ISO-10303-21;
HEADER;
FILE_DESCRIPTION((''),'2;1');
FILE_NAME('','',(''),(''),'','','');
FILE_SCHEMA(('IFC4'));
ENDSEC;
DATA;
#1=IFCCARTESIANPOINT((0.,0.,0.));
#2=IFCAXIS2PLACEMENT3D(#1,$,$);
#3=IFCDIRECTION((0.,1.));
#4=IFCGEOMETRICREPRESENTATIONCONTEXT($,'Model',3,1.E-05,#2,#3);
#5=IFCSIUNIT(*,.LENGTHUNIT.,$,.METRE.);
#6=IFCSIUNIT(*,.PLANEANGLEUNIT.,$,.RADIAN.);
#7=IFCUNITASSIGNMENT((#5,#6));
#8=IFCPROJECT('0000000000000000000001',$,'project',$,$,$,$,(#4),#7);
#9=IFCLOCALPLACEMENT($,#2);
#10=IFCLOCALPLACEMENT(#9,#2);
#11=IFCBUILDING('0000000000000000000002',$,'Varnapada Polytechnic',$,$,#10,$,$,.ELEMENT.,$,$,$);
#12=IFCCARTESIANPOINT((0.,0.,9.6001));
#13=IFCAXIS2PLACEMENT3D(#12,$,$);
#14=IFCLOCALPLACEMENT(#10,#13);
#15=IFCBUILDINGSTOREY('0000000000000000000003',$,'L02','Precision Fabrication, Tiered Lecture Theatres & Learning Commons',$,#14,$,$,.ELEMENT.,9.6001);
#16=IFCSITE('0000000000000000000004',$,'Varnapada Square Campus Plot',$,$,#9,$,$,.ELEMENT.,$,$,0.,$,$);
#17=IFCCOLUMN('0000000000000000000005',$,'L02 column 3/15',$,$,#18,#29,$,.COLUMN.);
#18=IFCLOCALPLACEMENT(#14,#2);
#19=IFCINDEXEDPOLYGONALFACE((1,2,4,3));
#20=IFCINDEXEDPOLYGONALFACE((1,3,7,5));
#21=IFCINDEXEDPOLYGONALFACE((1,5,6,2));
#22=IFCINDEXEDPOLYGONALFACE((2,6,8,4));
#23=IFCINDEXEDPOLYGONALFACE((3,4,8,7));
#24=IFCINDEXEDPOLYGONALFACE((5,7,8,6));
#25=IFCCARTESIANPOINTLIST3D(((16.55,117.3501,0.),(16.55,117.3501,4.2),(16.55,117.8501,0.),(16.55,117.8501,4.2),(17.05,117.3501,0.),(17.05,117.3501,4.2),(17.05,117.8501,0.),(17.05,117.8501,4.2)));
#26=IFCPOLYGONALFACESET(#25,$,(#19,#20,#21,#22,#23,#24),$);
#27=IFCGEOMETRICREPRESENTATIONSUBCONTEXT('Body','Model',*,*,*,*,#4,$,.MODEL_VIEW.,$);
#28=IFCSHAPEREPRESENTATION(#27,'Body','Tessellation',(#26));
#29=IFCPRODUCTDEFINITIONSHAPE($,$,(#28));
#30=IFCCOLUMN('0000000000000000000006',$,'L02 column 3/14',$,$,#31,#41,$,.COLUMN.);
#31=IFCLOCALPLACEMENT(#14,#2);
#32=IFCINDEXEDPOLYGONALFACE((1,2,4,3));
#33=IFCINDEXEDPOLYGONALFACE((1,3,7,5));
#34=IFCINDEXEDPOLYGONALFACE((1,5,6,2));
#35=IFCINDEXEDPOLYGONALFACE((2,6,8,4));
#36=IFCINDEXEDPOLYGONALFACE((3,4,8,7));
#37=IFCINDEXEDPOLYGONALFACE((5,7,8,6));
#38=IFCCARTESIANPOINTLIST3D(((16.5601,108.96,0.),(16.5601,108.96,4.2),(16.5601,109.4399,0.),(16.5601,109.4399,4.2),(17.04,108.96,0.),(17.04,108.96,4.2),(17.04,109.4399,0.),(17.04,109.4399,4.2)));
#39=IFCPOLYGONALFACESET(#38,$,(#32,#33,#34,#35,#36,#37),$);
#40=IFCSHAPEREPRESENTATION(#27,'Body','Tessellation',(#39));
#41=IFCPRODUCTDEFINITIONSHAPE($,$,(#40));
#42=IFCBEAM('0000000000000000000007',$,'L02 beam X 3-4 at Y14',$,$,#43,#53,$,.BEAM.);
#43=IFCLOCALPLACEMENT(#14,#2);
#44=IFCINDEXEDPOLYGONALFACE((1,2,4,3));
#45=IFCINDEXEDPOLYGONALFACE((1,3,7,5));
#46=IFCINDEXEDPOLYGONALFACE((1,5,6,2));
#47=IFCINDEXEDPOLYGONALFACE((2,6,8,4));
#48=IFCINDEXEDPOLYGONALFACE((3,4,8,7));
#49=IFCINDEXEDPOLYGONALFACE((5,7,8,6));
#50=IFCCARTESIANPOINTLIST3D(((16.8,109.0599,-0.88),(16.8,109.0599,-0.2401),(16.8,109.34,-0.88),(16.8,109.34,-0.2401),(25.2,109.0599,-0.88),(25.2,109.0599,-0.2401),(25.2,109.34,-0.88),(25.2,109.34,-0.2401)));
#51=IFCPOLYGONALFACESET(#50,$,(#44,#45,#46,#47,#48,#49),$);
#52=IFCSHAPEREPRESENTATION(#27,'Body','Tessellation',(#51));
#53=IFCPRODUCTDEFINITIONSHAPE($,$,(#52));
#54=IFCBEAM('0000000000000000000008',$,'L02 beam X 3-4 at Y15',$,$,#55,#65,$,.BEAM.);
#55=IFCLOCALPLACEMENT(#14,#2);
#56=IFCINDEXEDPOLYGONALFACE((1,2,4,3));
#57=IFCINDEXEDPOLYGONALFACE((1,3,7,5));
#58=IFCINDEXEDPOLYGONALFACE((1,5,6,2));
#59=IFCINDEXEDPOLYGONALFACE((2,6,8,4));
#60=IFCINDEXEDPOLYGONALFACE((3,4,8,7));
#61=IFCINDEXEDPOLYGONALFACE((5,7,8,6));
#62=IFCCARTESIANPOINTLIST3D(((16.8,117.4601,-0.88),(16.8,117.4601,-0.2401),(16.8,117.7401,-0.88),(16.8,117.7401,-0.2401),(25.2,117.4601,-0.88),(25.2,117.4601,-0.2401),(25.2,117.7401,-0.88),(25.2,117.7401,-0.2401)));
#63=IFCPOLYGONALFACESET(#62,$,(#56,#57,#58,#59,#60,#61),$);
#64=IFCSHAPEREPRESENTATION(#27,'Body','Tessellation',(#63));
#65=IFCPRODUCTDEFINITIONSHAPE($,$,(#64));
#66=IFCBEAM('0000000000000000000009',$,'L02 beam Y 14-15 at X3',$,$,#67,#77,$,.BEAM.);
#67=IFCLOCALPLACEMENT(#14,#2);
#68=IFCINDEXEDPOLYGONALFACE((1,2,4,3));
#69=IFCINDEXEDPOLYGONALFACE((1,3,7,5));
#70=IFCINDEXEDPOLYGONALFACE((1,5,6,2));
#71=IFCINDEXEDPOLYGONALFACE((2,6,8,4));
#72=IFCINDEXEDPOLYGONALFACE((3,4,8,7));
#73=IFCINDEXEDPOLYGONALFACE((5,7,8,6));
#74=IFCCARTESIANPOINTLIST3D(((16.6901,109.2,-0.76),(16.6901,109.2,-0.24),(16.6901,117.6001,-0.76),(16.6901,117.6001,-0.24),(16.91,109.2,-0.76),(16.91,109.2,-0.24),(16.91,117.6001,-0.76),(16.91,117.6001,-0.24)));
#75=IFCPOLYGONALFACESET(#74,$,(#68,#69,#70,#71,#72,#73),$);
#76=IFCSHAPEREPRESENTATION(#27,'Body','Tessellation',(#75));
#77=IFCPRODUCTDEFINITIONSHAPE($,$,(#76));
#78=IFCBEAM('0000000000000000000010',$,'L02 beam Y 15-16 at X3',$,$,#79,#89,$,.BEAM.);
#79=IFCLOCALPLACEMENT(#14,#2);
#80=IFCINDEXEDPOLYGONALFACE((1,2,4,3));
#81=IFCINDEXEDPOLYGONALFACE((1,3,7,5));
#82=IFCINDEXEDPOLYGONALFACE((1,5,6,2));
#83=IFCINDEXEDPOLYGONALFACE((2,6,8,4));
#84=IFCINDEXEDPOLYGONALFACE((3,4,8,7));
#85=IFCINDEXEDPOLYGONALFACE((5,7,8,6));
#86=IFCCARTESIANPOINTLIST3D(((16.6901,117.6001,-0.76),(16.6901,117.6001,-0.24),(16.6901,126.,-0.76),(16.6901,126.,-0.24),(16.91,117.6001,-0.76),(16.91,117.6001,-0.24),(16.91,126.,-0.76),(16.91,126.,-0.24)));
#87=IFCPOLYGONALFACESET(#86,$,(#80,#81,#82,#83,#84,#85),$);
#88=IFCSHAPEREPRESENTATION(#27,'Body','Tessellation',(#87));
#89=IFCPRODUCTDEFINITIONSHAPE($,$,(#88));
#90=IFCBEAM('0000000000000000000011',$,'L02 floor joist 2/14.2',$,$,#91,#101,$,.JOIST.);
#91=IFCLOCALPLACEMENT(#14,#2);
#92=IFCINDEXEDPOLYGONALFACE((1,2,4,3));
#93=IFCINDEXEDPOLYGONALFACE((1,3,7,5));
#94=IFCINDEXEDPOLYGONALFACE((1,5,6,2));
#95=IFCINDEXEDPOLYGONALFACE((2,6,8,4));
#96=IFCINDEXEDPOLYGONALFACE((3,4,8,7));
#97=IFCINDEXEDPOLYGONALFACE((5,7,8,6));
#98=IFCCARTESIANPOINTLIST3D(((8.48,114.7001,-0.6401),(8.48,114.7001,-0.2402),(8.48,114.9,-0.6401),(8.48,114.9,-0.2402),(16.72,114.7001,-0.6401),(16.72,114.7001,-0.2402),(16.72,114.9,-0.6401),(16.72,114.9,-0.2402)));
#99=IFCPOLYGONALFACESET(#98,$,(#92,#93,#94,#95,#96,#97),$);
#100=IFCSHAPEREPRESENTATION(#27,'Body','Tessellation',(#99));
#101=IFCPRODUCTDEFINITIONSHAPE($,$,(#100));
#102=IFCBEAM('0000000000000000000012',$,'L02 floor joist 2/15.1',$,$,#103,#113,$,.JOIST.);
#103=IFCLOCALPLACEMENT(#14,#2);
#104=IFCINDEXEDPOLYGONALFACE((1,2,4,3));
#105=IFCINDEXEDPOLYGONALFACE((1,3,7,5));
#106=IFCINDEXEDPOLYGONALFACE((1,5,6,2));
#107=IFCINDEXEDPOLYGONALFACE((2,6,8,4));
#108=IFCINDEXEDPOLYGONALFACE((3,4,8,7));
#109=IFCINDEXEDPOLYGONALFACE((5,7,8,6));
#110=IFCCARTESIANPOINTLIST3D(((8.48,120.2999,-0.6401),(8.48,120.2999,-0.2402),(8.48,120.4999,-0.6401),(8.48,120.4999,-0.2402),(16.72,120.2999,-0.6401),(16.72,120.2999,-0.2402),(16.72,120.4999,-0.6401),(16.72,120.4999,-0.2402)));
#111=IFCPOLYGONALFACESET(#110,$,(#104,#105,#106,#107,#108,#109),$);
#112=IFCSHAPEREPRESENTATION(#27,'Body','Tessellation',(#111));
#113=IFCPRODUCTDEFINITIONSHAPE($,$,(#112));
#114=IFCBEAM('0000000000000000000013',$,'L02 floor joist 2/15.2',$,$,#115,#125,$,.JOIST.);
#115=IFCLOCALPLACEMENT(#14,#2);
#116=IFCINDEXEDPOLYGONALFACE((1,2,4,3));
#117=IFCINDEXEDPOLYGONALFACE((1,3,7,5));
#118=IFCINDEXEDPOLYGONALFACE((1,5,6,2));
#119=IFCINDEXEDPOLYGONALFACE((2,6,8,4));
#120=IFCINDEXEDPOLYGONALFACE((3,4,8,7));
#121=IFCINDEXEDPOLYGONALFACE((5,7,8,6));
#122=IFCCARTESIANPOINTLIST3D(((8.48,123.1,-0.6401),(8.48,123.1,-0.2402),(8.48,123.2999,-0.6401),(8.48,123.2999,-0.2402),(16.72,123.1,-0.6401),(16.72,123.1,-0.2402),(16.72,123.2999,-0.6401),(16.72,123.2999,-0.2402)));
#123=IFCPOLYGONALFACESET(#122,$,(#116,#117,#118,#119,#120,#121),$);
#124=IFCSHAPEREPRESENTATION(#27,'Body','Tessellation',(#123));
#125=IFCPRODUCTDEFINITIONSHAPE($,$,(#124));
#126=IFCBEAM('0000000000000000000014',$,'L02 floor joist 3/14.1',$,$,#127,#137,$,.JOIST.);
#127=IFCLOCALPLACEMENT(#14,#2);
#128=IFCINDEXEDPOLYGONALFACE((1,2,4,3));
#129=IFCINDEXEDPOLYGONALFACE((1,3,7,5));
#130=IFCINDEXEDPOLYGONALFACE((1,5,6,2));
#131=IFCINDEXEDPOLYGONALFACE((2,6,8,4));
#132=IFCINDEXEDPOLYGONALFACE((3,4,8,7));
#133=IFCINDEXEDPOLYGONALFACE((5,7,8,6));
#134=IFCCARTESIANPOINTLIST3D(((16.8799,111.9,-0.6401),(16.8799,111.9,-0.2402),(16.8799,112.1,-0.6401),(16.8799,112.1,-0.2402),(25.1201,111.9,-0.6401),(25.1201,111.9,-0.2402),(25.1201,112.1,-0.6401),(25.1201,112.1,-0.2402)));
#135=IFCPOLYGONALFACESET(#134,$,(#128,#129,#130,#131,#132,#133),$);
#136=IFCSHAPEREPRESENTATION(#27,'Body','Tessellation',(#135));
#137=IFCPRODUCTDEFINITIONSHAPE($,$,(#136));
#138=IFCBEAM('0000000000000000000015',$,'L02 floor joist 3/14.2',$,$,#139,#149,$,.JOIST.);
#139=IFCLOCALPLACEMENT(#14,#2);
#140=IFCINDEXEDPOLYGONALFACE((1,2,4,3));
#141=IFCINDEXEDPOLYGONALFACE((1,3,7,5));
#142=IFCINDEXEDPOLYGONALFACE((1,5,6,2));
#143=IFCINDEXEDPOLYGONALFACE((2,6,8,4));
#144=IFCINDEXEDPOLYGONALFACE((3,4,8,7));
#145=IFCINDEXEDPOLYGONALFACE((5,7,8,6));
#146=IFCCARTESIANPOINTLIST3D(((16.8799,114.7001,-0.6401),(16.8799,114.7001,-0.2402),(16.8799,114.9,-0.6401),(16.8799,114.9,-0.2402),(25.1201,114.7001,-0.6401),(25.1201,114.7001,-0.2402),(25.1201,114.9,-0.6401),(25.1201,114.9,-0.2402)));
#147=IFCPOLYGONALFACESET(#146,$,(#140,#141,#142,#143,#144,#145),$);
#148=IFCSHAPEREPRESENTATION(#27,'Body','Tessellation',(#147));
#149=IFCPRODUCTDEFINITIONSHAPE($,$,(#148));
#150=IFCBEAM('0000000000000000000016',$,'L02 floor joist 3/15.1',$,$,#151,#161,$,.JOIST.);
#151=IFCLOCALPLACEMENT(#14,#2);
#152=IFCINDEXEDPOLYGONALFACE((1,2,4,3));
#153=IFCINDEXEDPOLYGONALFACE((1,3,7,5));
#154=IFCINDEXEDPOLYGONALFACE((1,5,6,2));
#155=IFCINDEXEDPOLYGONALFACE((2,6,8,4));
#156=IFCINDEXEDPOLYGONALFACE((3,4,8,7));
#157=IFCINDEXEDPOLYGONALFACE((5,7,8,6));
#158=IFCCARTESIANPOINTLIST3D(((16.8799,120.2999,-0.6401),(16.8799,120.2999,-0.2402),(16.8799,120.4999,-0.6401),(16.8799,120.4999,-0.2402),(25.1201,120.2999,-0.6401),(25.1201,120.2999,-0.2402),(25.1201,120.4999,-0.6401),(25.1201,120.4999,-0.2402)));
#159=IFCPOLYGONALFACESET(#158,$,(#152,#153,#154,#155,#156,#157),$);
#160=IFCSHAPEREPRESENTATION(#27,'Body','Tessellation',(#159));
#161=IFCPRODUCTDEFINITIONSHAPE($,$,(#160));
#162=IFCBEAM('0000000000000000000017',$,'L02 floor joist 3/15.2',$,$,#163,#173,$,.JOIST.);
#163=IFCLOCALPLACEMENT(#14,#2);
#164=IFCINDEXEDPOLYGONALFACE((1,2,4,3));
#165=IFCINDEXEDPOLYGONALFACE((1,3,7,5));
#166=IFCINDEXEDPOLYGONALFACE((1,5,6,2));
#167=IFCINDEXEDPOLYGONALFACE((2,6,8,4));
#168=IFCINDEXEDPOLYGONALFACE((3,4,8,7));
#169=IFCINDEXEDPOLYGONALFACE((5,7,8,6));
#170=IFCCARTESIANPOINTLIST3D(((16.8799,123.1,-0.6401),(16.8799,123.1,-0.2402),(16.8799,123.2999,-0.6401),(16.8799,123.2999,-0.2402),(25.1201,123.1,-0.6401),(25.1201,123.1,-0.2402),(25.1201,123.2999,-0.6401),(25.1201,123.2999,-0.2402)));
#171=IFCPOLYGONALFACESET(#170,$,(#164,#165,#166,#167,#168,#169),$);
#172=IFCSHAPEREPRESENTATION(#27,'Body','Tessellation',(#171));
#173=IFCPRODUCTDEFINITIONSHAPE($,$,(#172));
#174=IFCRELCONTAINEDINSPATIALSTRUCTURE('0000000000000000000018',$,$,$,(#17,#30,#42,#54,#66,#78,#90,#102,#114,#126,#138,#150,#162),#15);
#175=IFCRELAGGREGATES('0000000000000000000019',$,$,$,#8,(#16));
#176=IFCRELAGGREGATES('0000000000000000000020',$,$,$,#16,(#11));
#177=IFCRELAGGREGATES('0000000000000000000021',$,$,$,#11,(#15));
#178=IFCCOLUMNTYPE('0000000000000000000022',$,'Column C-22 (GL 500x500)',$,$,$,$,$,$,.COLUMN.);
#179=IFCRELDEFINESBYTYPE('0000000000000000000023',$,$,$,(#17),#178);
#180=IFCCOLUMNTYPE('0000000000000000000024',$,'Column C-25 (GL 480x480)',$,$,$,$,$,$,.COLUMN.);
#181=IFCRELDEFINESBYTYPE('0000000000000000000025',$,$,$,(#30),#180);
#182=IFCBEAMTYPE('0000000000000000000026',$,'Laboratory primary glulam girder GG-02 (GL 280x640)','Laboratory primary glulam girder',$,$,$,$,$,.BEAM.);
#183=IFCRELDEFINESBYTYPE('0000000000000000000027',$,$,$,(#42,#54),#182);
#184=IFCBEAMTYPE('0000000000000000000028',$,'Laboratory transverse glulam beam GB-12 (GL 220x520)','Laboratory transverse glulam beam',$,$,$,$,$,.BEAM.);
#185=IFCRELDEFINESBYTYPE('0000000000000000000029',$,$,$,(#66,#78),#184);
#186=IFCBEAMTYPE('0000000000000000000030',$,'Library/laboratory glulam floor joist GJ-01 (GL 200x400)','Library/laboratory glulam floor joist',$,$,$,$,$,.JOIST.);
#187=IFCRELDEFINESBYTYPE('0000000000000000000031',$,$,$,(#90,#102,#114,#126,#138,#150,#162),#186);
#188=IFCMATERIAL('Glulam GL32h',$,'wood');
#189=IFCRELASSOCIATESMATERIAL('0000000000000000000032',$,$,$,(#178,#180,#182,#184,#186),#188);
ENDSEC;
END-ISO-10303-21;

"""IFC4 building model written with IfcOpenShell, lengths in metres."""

from ifc_helpers import new_model, si_unit, direction, frame, origin, origin_2d, place, context, subcontext, project, spatial, rectangle, extrude, material, material_profile, profile_set, type_object, element, save


model = new_model("IFC4")

# Units and contexts
model_context = context("Model", 3, precision=1e-05, world=origin(), true_north=direction((0.0, 1.0)))
body_context = subcontext(model_context, "Body", "Model", "MODEL_VIEW")
ifc_project = project(units=[si_unit("LENGTHUNIT", "METRE"), si_unit("PLANEANGLEUNIT", "RADIAN")], contexts=[model_context])

# Site, building, storey
site_placement = place(None, origin())
site = spatial("IfcSite", under=ifc_project, at=site_placement, Name="Varnapada Square Campus Plot", CompositionType="ELEMENT", RefElevation=0.0)
building_placement = place(site_placement, origin())
building = spatial("IfcBuilding", under=site, at=building_placement, Name="Varnapada Polytechnic", CompositionType="ELEMENT")
storey_placement = place(building_placement, frame((0.0, 0.0, 9.6001)))
storey = spatial("IfcBuildingStorey", under=building, at=storey_placement, Name="L02", Description="Precision Fabrication, Tiered Lecture Theatres & Learning Commons", CompositionType="ELEMENT", Elevation=9.6001)

# Columns
ifc_material_1 = material(Name="Glulam GL32h", Category="wood")
ifc_material_profile_1 = material_profile(ifc_material_1, rectangle(XDim=0.5, YDim=0.5, at=origin_2d()), Name="GL 500x500")
ifc_profile_set_1 = profile_set([ifc_material_profile_1], Name="Glulam GL32h")
column_type_1 = type_object("IfcColumnType", Name="Column C-22 (GL 500x500)", PredefinedType="COLUMN", material=ifc_profile_set_1)
column_1_placement = place(storey_placement, frame((16.8, 117.6001, 0.0), z_axis=(0.0, 0.0, 1.0), x_axis=(1.0, 0.0, 0.0)))
element("IfcColumn", 1, at=column_1_placement, inside=storey, type_object=column_type_1, Name="L02 column 3/15", PredefinedType="COLUMN", context=body_context, shape_type="SweptSolid", body=[
    extrude(rectangle(XDim=0.5, YDim=0.5, at=origin_2d()), origin(), (0.0, 0.0, 1.0), 4.2),
])
ifc_material_profile_2 = material_profile(ifc_material_1, rectangle(XDim=0.48, YDim=0.48, at=origin_2d()), Name="GL 480x480")
ifc_profile_set_2 = profile_set([ifc_material_profile_2], Name="Glulam GL32h")
column_type_2 = type_object("IfcColumnType", Name="Column C-25 (GL 480x480)", PredefinedType="COLUMN", material=ifc_profile_set_2)
column_2_placement = place(storey_placement, frame((16.8, 109.2, 0.0), z_axis=(0.0, 0.0, 1.0), x_axis=(1.0, 0.0, 0.0)))
element("IfcColumn", 2, at=column_2_placement, inside=storey, type_object=column_type_2, Name="L02 column 3/14", PredefinedType="COLUMN", context=body_context, shape_type="SweptSolid", body=[
    extrude(rectangle(XDim=0.48, YDim=0.48, at=origin_2d()), origin(), (0.0, 0.0, 1.0), 4.2),
])

# Beams
ifc_material_profile_3 = material_profile(ifc_material_1, rectangle(XDim=0.28, YDim=0.6399, at=origin_2d()), Name="GL 280x640")
ifc_profile_set_3 = profile_set([ifc_material_profile_3], Name="Glulam GL32h")
beam_type_1 = type_object("IfcBeamType", Name="Laboratory primary glulam girder GG-02 (GL 280x640)", Description="Laboratory primary glulam girder", PredefinedType="BEAM", material=ifc_profile_set_3)
for number, where, z_axis, x_axis, name in (
    (3, (16.8, 109.2, -0.5601), (1.0, 0.0, 0.0), (0.0, 1.0, 0.0), "L02 beam X 3-4 at Y14"),
    (4, (16.8, 117.6001, -0.5601), (1.0, 0.0, 0.0), (0.0, 1.0, 0.0), "L02 beam X 3-4 at Y15"),
):
    element("IfcBeam", number, at=place(storey_placement, frame(where, z_axis=z_axis, x_axis=x_axis)), inside=storey, type_object=beam_type_1, Name=name, PredefinedType="BEAM", context=body_context, shape_type="SweptSolid", body=[
        extrude(rectangle(XDim=0.28, YDim=0.6399, at=origin_2d()), origin(), (0.0, 0.0, 1.0), 8.3999),
    ])
ifc_material_profile_4 = material_profile(ifc_material_1, rectangle(XDim=0.22, YDim=0.52, at=origin_2d()), Name="GL 220x520")
ifc_profile_set_4 = profile_set([ifc_material_profile_4], Name="Glulam GL32h")
beam_type_2 = type_object("IfcBeamType", Name="Laboratory transverse glulam beam GB-12 (GL 220x520)", Description="Laboratory transverse glulam beam", PredefinedType="BEAM", material=ifc_profile_set_4)
beam_1_placement = place(storey_placement, frame((16.8, 109.2, -0.5), z_axis=(0.0, 1.0, 0.0), x_axis=(-1.0, 0.0, 0.0)))
element("IfcBeam", 5, at=beam_1_placement, inside=storey, type_object=beam_type_2, Name="L02 beam Y 14-15 at X3", PredefinedType="BEAM", context=body_context, shape_type="SweptSolid", body=[
    extrude(rectangle(XDim=0.22, YDim=0.52, at=origin_2d()), origin(), (0.0, 0.0, 1.0), 8.4001),
])
beam_2_placement = place(storey_placement, frame((16.8, 117.6001, -0.5), z_axis=(0.0, 1.0, 0.0), x_axis=(-1.0, 0.0, 0.0)))
element("IfcBeam", 6, at=beam_2_placement, inside=storey, type_object=beam_type_2, Name="L02 beam Y 15-16 at X3", PredefinedType="BEAM", context=body_context, shape_type="SweptSolid", body=[
    extrude(rectangle(XDim=0.22, YDim=0.52, at=origin_2d()), origin(), (0.0, 0.0, 1.0), 8.3999),
])
ifc_material_profile_5 = material_profile(ifc_material_1, rectangle(XDim=0.2, YDim=0.3999, at=origin_2d()), Name="GL 200x400")
ifc_profile_set_5 = profile_set([ifc_material_profile_5], Name="Glulam GL32h")
beam_type_3 = type_object("IfcBeamType", Name="Library/laboratory glulam floor joist GJ-01 (GL 200x400)", Description="Library/laboratory glulam floor joist", PredefinedType="JOIST", material=ifc_profile_set_5)
for number, where, z_axis, x_axis, name in (
    (7, (8.48, 114.8, -0.4402), (1.0, 0.0, 0.0), (0.0, 1.0, 0.0), "L02 floor joist 2/14.2"),
    (8, (8.48, 120.3999, -0.4402), (1.0, 0.0, 0.0), (0.0, 1.0, 0.0), "L02 floor joist 2/15.1"),
    (9, (8.48, 123.2, -0.4402), (1.0, 0.0, 0.0), (0.0, 1.0, 0.0), "L02 floor joist 2/15.2"),
):
    element("IfcBeam", number, at=place(storey_placement, frame(where, z_axis=z_axis, x_axis=x_axis)), inside=storey, type_object=beam_type_3, Name=name, PredefinedType="JOIST", context=body_context, shape_type="SweptSolid", body=[
        extrude(rectangle(XDim=0.2, YDim=0.3999, at=origin_2d()), origin(), (0.0, 0.0, 1.0), 8.24),
    ])
for number, where, z_axis, x_axis, name in (
    (10, (16.8799, 112.0, -0.4402), (1.0, 0.0, 0.0), (0.0, 1.0, 0.0), "L02 floor joist 3/14.1"),
    (11, (16.8799, 114.8, -0.4402), (1.0, 0.0, 0.0), (0.0, 1.0, 0.0), "L02 floor joist 3/14.2"),
    (12, (16.8799, 120.3999, -0.4402), (1.0, 0.0, 0.0), (0.0, 1.0, 0.0), "L02 floor joist 3/15.1"),
    (13, (16.8799, 123.2, -0.4402), (1.0, 0.0, 0.0), (0.0, 1.0, 0.0), "L02 floor joist 3/15.2"),
):
    element("IfcBeam", number, at=place(storey_placement, frame(where, z_axis=z_axis, x_axis=x_axis)), inside=storey, type_object=beam_type_3, Name=name, PredefinedType="JOIST", context=body_context, shape_type="SweptSolid", body=[
        extrude(rectangle(XDim=0.2, YDim=0.3999, at=origin_2d()), origin(), (0.0, 0.0, 1.0), 8.2402),
    ])

save(model, "model.ifc")
